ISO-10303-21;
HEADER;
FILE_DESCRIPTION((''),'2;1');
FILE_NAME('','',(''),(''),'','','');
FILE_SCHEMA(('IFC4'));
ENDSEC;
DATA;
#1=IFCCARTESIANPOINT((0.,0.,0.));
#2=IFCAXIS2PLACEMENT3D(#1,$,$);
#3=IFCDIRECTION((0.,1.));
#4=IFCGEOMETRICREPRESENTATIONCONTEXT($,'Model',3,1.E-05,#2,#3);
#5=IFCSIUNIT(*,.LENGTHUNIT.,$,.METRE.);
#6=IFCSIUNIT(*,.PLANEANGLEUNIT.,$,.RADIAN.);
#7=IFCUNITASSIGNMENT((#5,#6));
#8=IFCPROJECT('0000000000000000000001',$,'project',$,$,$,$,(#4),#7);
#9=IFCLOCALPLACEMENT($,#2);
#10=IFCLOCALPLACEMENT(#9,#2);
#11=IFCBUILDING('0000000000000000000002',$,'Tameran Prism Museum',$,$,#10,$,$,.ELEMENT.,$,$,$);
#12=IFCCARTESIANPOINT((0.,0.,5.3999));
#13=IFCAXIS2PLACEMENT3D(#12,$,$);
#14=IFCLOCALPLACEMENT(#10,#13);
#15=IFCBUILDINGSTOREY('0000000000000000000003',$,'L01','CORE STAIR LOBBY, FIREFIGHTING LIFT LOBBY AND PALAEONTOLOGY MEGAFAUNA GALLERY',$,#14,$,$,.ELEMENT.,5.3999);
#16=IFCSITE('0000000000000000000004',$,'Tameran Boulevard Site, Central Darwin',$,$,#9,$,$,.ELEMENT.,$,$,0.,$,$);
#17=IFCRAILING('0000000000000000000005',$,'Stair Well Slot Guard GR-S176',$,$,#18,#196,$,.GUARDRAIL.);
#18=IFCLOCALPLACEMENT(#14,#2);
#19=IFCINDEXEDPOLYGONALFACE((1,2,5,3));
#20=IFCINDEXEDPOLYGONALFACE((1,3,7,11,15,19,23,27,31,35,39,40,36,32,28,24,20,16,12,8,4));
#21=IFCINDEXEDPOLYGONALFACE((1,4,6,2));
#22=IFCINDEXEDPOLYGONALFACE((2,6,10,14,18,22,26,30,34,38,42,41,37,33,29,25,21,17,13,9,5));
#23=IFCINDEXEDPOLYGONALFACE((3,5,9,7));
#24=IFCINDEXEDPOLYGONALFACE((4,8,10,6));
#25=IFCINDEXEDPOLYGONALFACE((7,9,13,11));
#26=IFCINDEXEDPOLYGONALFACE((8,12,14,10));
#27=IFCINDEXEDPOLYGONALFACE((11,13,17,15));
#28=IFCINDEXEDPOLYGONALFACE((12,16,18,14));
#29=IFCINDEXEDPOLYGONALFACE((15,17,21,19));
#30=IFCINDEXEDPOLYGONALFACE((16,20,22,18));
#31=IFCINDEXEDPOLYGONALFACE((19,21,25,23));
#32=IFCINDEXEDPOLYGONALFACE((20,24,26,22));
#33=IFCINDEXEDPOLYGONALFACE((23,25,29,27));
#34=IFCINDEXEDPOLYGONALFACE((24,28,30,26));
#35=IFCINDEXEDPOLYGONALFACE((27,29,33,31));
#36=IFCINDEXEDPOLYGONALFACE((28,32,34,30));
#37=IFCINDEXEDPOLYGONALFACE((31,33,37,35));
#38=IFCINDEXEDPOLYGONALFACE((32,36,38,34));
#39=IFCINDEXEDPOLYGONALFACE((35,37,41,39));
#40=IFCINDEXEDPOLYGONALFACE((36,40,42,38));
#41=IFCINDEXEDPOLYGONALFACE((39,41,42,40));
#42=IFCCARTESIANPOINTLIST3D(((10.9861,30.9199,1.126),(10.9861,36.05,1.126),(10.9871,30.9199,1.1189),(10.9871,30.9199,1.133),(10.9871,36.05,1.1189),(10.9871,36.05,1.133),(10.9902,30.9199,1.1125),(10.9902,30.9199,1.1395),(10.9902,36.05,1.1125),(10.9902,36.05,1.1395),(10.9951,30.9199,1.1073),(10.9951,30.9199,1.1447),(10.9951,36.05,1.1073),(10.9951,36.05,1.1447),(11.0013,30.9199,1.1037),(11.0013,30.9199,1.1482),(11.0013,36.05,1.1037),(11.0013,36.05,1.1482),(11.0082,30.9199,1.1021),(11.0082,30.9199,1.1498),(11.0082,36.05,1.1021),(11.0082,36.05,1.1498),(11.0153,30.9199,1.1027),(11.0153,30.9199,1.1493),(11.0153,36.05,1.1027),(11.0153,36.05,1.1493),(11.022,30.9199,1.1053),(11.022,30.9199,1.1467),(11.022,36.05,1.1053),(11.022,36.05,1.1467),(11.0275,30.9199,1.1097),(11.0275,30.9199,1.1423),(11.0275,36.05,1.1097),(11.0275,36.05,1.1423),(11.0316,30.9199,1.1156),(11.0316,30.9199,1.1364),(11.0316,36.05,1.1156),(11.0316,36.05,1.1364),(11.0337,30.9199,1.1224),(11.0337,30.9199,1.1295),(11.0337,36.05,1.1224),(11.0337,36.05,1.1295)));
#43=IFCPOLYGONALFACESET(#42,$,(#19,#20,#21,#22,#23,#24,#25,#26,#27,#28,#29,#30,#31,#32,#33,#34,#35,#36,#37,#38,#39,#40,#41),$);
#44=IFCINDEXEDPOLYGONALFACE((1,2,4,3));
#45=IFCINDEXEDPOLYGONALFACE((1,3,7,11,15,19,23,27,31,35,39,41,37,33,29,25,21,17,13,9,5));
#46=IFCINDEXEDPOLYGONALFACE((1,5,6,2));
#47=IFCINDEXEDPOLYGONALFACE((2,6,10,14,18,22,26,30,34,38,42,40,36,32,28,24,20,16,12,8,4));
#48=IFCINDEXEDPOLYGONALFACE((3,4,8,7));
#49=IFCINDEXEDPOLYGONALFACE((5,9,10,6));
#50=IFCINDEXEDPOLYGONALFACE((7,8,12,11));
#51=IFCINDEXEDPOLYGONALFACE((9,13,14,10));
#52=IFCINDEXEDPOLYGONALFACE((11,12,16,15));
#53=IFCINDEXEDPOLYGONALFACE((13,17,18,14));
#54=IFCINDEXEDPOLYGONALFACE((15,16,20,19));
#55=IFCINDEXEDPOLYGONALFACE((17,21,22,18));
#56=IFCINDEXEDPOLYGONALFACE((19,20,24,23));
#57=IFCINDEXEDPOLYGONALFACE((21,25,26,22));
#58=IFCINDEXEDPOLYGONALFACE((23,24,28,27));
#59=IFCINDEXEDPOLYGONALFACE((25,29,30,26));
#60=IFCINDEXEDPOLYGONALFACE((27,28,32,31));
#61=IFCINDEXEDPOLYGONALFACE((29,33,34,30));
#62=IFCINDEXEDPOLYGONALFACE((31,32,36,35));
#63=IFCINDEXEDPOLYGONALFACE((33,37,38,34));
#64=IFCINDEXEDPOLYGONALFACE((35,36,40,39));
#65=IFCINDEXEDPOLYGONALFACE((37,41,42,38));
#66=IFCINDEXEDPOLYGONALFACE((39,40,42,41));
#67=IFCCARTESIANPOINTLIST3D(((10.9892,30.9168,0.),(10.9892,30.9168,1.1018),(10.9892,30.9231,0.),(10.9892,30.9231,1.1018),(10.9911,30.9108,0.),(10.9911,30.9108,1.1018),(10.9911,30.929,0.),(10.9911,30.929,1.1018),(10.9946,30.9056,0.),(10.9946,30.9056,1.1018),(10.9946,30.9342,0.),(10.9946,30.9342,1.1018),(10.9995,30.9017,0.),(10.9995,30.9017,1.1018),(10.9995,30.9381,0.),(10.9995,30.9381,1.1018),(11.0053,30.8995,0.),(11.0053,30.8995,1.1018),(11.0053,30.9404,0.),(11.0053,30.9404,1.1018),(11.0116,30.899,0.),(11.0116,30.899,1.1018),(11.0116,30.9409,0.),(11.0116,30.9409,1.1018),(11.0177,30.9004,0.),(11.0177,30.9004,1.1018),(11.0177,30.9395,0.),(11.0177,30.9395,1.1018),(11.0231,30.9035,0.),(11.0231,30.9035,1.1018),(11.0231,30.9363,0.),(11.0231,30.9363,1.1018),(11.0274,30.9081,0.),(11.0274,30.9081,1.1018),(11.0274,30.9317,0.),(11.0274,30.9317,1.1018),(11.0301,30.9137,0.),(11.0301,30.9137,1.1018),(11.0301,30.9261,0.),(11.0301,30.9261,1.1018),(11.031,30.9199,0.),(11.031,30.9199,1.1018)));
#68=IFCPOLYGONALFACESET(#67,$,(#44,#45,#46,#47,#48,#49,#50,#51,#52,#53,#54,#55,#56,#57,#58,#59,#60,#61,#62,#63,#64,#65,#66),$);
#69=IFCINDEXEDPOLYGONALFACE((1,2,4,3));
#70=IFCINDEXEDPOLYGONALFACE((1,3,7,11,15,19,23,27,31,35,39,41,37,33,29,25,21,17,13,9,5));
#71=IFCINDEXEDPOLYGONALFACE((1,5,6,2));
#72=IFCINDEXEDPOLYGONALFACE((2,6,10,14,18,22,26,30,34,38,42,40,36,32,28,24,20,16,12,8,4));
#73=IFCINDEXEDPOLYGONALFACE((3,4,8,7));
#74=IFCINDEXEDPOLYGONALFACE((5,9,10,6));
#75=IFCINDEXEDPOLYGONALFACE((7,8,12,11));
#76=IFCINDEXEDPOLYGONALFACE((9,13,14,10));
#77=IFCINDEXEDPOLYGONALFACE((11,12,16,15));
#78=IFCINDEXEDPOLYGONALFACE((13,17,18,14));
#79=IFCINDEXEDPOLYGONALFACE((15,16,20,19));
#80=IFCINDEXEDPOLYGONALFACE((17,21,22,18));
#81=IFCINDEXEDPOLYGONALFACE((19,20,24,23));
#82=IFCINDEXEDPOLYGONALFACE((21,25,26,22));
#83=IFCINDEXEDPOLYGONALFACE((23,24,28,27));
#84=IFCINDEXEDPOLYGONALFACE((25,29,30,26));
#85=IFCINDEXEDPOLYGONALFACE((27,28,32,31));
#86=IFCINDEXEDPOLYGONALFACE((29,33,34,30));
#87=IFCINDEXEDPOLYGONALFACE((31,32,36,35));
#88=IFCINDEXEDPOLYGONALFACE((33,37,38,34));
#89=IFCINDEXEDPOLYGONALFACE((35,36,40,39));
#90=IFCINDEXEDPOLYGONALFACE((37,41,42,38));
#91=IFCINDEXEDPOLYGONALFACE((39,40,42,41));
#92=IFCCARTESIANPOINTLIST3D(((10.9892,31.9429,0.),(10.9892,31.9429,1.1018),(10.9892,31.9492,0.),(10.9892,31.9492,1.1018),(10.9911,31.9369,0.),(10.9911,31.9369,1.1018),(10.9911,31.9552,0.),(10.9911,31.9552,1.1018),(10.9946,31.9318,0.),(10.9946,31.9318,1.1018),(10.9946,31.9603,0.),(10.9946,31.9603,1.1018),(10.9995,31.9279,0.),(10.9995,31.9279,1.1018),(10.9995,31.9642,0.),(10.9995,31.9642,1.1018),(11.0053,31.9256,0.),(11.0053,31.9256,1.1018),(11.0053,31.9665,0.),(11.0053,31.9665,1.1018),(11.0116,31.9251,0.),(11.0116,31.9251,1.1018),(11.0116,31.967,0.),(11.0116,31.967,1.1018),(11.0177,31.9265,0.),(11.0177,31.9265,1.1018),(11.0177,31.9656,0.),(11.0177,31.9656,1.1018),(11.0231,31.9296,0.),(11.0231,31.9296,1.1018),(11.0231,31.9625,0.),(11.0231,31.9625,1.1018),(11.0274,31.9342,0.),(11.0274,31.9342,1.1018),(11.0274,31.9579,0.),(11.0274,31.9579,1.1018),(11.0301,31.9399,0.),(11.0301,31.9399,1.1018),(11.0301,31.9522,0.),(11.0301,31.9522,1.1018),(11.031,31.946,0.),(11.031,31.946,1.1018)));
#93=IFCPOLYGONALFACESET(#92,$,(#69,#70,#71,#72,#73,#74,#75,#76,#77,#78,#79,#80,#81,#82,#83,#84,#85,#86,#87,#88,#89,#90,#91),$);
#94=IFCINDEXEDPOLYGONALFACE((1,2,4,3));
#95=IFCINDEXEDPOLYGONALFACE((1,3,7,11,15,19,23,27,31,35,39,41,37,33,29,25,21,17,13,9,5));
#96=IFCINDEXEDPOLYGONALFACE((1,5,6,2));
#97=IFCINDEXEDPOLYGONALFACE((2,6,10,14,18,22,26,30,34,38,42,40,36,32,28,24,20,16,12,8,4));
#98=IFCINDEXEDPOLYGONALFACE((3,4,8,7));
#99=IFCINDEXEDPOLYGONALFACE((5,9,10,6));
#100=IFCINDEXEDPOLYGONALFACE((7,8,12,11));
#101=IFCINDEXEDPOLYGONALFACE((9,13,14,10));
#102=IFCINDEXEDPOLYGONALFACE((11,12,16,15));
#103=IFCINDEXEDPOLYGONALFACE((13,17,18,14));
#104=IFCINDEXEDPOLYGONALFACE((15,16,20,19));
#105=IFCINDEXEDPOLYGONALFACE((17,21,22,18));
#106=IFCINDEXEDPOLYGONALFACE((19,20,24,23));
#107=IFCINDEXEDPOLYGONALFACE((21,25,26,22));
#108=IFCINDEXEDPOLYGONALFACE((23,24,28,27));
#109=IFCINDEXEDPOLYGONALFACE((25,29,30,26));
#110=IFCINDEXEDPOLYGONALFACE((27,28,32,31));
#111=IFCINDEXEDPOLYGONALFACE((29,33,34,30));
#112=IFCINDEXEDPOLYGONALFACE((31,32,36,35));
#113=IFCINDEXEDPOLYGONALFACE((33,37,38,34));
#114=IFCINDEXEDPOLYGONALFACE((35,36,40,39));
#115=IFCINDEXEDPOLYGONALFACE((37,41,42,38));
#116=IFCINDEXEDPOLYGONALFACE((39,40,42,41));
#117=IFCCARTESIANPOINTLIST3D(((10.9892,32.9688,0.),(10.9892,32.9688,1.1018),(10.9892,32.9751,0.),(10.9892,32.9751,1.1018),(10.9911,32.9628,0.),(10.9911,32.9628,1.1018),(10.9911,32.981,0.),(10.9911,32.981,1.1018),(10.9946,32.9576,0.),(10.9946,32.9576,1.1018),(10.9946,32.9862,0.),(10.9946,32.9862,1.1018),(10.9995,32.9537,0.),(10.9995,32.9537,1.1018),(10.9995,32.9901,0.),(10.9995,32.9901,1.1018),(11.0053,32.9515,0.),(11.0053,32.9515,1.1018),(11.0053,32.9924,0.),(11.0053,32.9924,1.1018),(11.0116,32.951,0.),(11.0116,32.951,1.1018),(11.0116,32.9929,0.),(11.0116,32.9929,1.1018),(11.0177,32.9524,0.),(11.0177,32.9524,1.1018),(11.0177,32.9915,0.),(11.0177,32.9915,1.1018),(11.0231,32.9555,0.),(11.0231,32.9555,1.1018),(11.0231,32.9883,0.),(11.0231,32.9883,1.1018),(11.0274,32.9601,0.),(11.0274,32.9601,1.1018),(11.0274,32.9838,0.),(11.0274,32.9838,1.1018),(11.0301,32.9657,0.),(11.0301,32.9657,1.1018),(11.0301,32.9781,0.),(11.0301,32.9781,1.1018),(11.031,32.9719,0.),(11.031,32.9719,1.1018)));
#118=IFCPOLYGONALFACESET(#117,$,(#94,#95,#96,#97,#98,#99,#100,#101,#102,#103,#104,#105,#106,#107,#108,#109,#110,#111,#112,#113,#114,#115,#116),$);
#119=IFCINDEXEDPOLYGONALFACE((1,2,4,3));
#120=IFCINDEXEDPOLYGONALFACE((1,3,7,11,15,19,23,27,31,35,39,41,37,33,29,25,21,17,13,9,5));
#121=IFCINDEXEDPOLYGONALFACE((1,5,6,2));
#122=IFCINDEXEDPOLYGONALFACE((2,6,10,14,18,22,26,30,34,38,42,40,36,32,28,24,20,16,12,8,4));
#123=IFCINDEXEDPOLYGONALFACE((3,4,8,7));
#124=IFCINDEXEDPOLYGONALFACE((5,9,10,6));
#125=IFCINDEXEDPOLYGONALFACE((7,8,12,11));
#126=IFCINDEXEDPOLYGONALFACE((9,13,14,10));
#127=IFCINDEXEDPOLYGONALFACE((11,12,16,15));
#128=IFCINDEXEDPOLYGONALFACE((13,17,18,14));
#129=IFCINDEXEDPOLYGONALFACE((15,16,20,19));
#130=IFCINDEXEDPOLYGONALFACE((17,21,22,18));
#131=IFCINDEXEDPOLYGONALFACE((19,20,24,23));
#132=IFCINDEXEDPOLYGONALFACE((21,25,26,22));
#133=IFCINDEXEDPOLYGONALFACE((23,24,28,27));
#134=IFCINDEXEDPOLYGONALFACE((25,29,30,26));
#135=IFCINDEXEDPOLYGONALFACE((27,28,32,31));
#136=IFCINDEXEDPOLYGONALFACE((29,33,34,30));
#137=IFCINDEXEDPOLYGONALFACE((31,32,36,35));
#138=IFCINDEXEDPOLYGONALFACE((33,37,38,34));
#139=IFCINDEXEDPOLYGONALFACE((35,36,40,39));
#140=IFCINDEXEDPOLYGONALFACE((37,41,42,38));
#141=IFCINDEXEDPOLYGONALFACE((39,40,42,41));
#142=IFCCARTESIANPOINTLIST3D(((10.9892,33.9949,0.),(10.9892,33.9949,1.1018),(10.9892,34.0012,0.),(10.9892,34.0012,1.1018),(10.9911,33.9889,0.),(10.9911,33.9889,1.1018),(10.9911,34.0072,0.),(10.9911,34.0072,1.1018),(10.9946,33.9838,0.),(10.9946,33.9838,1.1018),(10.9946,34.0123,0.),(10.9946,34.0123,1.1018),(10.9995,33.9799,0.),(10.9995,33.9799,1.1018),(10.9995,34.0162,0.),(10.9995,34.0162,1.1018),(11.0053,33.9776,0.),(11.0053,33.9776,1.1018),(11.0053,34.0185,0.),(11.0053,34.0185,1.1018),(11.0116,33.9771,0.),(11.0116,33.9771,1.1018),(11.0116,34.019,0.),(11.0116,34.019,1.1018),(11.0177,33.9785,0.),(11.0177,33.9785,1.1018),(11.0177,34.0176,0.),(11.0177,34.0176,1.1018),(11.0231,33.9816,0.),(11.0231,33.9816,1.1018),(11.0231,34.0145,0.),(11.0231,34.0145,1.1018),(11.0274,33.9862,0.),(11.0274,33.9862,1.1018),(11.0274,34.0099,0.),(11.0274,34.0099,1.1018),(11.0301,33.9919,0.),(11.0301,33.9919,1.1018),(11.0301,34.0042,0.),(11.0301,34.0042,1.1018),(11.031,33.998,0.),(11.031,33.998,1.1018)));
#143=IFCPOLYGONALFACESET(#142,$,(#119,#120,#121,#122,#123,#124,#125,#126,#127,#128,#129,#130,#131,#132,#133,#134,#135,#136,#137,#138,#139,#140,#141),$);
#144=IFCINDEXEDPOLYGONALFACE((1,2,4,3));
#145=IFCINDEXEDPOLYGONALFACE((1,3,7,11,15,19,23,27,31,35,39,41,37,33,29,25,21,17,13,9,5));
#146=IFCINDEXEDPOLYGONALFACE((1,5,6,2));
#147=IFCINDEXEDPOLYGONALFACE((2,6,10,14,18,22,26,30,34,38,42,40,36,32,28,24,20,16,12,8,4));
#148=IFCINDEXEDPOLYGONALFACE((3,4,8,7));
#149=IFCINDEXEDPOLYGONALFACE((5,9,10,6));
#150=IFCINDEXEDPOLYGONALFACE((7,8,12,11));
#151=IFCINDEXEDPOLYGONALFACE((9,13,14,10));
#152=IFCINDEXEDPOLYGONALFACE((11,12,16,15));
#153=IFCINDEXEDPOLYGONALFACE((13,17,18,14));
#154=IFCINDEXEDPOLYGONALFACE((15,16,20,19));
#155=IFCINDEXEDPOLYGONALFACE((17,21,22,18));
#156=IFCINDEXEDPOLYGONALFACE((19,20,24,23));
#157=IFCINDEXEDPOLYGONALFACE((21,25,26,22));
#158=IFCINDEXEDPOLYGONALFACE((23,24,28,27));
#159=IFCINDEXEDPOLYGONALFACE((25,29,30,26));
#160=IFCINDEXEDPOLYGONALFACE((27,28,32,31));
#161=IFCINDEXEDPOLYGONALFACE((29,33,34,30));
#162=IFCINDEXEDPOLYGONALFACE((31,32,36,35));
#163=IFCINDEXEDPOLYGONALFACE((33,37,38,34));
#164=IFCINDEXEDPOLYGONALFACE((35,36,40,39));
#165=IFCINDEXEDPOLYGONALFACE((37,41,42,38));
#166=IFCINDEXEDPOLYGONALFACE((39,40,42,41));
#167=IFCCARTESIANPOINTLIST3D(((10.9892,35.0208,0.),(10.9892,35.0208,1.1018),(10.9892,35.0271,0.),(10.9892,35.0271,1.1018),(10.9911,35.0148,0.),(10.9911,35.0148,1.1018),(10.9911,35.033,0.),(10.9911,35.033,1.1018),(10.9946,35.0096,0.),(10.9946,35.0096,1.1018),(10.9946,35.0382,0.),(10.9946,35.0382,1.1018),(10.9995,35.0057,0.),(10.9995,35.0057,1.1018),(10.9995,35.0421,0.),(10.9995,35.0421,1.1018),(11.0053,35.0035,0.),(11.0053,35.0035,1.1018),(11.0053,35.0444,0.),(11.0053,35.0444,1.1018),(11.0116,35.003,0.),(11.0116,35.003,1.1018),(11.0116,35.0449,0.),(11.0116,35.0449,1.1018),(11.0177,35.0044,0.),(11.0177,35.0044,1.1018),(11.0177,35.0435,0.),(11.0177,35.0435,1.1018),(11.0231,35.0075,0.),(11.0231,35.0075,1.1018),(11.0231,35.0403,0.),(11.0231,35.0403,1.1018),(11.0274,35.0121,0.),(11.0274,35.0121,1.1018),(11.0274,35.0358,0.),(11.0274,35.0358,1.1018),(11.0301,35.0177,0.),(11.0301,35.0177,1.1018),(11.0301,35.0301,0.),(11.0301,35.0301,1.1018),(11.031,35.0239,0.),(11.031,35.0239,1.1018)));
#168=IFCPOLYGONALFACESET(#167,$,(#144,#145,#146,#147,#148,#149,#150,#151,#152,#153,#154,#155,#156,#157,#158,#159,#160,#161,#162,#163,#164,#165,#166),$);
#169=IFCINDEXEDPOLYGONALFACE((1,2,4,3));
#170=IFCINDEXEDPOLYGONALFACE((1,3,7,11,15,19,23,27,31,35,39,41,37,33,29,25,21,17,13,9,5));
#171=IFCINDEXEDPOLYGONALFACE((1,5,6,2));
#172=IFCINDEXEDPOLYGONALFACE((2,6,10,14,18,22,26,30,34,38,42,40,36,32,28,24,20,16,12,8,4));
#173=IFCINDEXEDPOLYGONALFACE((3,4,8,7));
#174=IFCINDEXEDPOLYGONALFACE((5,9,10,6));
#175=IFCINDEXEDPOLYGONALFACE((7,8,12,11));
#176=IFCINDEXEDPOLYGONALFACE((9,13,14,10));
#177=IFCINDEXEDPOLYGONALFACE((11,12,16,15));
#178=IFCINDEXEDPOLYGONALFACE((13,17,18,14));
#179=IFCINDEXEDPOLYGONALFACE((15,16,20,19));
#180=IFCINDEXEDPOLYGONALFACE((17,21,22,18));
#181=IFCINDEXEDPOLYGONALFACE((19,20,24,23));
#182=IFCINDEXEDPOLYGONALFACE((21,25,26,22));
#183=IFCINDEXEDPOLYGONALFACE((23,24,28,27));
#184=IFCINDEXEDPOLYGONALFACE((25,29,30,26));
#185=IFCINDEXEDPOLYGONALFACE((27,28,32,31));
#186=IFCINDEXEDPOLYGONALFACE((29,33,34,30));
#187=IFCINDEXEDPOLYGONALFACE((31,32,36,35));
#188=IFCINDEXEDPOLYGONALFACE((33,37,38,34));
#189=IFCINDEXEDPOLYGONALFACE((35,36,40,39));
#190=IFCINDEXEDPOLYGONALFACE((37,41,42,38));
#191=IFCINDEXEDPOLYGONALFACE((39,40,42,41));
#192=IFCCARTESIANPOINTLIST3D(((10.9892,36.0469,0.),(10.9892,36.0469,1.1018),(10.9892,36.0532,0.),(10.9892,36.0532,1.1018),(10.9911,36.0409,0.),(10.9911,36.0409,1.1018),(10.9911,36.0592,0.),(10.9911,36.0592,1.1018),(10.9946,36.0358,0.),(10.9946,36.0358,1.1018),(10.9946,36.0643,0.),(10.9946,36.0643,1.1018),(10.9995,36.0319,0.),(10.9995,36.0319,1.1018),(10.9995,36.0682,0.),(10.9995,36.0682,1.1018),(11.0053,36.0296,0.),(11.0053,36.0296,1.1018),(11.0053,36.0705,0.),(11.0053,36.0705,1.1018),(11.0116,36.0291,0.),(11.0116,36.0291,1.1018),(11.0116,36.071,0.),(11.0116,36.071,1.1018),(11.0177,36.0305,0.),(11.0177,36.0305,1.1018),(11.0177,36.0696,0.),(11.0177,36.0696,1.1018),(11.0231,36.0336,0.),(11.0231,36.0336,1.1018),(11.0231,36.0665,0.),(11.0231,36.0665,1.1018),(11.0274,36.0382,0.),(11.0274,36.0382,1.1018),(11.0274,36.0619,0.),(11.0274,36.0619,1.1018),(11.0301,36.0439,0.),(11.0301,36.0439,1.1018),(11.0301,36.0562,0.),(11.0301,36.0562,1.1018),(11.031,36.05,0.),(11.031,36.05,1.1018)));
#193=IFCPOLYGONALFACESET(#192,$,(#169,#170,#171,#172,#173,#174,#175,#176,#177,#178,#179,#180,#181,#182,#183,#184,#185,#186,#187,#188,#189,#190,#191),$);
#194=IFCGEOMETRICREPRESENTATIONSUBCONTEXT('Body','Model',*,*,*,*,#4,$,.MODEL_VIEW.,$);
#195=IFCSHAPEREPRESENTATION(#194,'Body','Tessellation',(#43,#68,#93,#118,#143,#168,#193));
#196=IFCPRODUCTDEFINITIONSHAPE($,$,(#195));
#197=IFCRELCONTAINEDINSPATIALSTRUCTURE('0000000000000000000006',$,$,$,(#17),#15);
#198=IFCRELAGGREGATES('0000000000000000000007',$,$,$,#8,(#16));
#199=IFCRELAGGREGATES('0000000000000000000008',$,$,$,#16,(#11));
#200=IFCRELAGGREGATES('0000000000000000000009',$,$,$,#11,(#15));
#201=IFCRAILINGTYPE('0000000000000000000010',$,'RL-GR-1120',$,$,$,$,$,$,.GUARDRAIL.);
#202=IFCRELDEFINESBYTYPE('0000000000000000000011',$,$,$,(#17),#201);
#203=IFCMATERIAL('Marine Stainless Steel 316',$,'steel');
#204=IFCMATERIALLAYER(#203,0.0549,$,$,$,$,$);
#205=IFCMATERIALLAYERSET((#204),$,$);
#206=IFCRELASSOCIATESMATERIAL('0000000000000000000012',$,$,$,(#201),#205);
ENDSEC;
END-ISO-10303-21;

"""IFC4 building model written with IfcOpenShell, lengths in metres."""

from ifc_helpers import new_model, si_unit, direction, frame, origin, origin_2d, place, context, subcontext, project, spatial, circle, extrude, material, layer, layer_set, type_object, element, save


model = new_model("IFC4")

# Units and contexts
model_context = context("Model", 3, precision=1e-05, world=origin(), true_north=direction((0.0, 1.0)))
body_context = subcontext(model_context, "Body", "Model", "MODEL_VIEW")
ifc_project = project(units=[si_unit("LENGTHUNIT", "METRE"), si_unit("PLANEANGLEUNIT", "RADIAN")], contexts=[model_context])

# Site, building, storey
site_placement = place(None, origin())
site = spatial("IfcSite", under=ifc_project, at=site_placement, Name="Tameran Boulevard Site, Central Darwin", CompositionType="ELEMENT", RefElevation=0.0)
building_placement = place(site_placement, origin())
building = spatial("IfcBuilding", under=site, at=building_placement, Name="Tameran Prism Museum", CompositionType="ELEMENT")
storey_placement = place(building_placement, frame((0.0, 0.0, 5.3999)))
storey = spatial("IfcBuildingStorey", under=building, at=storey_placement, Name="L01", Description="CORE STAIR LOBBY, FIREFIGHTING LIFT LOBBY AND PALAEONTOLOGY MEGAFAUNA GALLERY", CompositionType="ELEMENT", Elevation=5.3999)

# Railing
ifc_material_1 = material(Name="Marine Stainless Steel 316", Category="steel")
ifc_layer_1 = layer(ifc_material_1, 0.0549)
ifc_layer_set_1 = layer_set([ifc_layer_1])
railing_type = type_object("IfcRailingType", Name="RL-GR-1120", PredefinedType="GUARDRAIL", material=ifc_layer_set_1)
railing_placement = place(storey_placement, frame((11.01, 30.9199, 0.0)))
element("IfcRailing", 1, at=railing_placement, inside=storey, type_object=railing_type, Name="Stair Well Slot Guard GR-S176", PredefinedType="GUARDRAIL", context=body_context, shape_type="SweptSolid", body=[
    extrude(circle(Radius=0.0239, at=origin_2d()), frame((0.0, 0.0, 1.126), z_axis=(0.0, 1.0, 0.0), x_axis=(-1.0, 0.0, 0.0)), (0.0, 0.0, 1.0), 5.1301),
    extrude(circle(Radius=0.021, at=origin_2d()), origin(), (0.0, 0.0, 1.0), 1.1018),
    extrude(circle(Radius=0.021, at=origin_2d()), frame((0.0, 1.0261, 0.0)), (0.0, 0.0, 1.0), 1.1018),
    extrude(circle(Radius=0.021, at=origin_2d()), frame((0.0, 2.052, 0.0)), (0.0, 0.0, 1.0), 1.1018),
    extrude(circle(Radius=0.021, at=origin_2d()), frame((0.0, 3.0781, 0.0)), (0.0, 0.0, 1.0), 1.1018),
    extrude(circle(Radius=0.021, at=origin_2d()), frame((0.0, 4.104, 0.0)), (0.0, 0.0, 1.0), 1.1018),
    extrude(circle(Radius=0.021, at=origin_2d()), frame((0.0, 5.1301, 0.0)), (0.0, 0.0, 1.0), 1.1018),
])

save(model, "model.ifc")
